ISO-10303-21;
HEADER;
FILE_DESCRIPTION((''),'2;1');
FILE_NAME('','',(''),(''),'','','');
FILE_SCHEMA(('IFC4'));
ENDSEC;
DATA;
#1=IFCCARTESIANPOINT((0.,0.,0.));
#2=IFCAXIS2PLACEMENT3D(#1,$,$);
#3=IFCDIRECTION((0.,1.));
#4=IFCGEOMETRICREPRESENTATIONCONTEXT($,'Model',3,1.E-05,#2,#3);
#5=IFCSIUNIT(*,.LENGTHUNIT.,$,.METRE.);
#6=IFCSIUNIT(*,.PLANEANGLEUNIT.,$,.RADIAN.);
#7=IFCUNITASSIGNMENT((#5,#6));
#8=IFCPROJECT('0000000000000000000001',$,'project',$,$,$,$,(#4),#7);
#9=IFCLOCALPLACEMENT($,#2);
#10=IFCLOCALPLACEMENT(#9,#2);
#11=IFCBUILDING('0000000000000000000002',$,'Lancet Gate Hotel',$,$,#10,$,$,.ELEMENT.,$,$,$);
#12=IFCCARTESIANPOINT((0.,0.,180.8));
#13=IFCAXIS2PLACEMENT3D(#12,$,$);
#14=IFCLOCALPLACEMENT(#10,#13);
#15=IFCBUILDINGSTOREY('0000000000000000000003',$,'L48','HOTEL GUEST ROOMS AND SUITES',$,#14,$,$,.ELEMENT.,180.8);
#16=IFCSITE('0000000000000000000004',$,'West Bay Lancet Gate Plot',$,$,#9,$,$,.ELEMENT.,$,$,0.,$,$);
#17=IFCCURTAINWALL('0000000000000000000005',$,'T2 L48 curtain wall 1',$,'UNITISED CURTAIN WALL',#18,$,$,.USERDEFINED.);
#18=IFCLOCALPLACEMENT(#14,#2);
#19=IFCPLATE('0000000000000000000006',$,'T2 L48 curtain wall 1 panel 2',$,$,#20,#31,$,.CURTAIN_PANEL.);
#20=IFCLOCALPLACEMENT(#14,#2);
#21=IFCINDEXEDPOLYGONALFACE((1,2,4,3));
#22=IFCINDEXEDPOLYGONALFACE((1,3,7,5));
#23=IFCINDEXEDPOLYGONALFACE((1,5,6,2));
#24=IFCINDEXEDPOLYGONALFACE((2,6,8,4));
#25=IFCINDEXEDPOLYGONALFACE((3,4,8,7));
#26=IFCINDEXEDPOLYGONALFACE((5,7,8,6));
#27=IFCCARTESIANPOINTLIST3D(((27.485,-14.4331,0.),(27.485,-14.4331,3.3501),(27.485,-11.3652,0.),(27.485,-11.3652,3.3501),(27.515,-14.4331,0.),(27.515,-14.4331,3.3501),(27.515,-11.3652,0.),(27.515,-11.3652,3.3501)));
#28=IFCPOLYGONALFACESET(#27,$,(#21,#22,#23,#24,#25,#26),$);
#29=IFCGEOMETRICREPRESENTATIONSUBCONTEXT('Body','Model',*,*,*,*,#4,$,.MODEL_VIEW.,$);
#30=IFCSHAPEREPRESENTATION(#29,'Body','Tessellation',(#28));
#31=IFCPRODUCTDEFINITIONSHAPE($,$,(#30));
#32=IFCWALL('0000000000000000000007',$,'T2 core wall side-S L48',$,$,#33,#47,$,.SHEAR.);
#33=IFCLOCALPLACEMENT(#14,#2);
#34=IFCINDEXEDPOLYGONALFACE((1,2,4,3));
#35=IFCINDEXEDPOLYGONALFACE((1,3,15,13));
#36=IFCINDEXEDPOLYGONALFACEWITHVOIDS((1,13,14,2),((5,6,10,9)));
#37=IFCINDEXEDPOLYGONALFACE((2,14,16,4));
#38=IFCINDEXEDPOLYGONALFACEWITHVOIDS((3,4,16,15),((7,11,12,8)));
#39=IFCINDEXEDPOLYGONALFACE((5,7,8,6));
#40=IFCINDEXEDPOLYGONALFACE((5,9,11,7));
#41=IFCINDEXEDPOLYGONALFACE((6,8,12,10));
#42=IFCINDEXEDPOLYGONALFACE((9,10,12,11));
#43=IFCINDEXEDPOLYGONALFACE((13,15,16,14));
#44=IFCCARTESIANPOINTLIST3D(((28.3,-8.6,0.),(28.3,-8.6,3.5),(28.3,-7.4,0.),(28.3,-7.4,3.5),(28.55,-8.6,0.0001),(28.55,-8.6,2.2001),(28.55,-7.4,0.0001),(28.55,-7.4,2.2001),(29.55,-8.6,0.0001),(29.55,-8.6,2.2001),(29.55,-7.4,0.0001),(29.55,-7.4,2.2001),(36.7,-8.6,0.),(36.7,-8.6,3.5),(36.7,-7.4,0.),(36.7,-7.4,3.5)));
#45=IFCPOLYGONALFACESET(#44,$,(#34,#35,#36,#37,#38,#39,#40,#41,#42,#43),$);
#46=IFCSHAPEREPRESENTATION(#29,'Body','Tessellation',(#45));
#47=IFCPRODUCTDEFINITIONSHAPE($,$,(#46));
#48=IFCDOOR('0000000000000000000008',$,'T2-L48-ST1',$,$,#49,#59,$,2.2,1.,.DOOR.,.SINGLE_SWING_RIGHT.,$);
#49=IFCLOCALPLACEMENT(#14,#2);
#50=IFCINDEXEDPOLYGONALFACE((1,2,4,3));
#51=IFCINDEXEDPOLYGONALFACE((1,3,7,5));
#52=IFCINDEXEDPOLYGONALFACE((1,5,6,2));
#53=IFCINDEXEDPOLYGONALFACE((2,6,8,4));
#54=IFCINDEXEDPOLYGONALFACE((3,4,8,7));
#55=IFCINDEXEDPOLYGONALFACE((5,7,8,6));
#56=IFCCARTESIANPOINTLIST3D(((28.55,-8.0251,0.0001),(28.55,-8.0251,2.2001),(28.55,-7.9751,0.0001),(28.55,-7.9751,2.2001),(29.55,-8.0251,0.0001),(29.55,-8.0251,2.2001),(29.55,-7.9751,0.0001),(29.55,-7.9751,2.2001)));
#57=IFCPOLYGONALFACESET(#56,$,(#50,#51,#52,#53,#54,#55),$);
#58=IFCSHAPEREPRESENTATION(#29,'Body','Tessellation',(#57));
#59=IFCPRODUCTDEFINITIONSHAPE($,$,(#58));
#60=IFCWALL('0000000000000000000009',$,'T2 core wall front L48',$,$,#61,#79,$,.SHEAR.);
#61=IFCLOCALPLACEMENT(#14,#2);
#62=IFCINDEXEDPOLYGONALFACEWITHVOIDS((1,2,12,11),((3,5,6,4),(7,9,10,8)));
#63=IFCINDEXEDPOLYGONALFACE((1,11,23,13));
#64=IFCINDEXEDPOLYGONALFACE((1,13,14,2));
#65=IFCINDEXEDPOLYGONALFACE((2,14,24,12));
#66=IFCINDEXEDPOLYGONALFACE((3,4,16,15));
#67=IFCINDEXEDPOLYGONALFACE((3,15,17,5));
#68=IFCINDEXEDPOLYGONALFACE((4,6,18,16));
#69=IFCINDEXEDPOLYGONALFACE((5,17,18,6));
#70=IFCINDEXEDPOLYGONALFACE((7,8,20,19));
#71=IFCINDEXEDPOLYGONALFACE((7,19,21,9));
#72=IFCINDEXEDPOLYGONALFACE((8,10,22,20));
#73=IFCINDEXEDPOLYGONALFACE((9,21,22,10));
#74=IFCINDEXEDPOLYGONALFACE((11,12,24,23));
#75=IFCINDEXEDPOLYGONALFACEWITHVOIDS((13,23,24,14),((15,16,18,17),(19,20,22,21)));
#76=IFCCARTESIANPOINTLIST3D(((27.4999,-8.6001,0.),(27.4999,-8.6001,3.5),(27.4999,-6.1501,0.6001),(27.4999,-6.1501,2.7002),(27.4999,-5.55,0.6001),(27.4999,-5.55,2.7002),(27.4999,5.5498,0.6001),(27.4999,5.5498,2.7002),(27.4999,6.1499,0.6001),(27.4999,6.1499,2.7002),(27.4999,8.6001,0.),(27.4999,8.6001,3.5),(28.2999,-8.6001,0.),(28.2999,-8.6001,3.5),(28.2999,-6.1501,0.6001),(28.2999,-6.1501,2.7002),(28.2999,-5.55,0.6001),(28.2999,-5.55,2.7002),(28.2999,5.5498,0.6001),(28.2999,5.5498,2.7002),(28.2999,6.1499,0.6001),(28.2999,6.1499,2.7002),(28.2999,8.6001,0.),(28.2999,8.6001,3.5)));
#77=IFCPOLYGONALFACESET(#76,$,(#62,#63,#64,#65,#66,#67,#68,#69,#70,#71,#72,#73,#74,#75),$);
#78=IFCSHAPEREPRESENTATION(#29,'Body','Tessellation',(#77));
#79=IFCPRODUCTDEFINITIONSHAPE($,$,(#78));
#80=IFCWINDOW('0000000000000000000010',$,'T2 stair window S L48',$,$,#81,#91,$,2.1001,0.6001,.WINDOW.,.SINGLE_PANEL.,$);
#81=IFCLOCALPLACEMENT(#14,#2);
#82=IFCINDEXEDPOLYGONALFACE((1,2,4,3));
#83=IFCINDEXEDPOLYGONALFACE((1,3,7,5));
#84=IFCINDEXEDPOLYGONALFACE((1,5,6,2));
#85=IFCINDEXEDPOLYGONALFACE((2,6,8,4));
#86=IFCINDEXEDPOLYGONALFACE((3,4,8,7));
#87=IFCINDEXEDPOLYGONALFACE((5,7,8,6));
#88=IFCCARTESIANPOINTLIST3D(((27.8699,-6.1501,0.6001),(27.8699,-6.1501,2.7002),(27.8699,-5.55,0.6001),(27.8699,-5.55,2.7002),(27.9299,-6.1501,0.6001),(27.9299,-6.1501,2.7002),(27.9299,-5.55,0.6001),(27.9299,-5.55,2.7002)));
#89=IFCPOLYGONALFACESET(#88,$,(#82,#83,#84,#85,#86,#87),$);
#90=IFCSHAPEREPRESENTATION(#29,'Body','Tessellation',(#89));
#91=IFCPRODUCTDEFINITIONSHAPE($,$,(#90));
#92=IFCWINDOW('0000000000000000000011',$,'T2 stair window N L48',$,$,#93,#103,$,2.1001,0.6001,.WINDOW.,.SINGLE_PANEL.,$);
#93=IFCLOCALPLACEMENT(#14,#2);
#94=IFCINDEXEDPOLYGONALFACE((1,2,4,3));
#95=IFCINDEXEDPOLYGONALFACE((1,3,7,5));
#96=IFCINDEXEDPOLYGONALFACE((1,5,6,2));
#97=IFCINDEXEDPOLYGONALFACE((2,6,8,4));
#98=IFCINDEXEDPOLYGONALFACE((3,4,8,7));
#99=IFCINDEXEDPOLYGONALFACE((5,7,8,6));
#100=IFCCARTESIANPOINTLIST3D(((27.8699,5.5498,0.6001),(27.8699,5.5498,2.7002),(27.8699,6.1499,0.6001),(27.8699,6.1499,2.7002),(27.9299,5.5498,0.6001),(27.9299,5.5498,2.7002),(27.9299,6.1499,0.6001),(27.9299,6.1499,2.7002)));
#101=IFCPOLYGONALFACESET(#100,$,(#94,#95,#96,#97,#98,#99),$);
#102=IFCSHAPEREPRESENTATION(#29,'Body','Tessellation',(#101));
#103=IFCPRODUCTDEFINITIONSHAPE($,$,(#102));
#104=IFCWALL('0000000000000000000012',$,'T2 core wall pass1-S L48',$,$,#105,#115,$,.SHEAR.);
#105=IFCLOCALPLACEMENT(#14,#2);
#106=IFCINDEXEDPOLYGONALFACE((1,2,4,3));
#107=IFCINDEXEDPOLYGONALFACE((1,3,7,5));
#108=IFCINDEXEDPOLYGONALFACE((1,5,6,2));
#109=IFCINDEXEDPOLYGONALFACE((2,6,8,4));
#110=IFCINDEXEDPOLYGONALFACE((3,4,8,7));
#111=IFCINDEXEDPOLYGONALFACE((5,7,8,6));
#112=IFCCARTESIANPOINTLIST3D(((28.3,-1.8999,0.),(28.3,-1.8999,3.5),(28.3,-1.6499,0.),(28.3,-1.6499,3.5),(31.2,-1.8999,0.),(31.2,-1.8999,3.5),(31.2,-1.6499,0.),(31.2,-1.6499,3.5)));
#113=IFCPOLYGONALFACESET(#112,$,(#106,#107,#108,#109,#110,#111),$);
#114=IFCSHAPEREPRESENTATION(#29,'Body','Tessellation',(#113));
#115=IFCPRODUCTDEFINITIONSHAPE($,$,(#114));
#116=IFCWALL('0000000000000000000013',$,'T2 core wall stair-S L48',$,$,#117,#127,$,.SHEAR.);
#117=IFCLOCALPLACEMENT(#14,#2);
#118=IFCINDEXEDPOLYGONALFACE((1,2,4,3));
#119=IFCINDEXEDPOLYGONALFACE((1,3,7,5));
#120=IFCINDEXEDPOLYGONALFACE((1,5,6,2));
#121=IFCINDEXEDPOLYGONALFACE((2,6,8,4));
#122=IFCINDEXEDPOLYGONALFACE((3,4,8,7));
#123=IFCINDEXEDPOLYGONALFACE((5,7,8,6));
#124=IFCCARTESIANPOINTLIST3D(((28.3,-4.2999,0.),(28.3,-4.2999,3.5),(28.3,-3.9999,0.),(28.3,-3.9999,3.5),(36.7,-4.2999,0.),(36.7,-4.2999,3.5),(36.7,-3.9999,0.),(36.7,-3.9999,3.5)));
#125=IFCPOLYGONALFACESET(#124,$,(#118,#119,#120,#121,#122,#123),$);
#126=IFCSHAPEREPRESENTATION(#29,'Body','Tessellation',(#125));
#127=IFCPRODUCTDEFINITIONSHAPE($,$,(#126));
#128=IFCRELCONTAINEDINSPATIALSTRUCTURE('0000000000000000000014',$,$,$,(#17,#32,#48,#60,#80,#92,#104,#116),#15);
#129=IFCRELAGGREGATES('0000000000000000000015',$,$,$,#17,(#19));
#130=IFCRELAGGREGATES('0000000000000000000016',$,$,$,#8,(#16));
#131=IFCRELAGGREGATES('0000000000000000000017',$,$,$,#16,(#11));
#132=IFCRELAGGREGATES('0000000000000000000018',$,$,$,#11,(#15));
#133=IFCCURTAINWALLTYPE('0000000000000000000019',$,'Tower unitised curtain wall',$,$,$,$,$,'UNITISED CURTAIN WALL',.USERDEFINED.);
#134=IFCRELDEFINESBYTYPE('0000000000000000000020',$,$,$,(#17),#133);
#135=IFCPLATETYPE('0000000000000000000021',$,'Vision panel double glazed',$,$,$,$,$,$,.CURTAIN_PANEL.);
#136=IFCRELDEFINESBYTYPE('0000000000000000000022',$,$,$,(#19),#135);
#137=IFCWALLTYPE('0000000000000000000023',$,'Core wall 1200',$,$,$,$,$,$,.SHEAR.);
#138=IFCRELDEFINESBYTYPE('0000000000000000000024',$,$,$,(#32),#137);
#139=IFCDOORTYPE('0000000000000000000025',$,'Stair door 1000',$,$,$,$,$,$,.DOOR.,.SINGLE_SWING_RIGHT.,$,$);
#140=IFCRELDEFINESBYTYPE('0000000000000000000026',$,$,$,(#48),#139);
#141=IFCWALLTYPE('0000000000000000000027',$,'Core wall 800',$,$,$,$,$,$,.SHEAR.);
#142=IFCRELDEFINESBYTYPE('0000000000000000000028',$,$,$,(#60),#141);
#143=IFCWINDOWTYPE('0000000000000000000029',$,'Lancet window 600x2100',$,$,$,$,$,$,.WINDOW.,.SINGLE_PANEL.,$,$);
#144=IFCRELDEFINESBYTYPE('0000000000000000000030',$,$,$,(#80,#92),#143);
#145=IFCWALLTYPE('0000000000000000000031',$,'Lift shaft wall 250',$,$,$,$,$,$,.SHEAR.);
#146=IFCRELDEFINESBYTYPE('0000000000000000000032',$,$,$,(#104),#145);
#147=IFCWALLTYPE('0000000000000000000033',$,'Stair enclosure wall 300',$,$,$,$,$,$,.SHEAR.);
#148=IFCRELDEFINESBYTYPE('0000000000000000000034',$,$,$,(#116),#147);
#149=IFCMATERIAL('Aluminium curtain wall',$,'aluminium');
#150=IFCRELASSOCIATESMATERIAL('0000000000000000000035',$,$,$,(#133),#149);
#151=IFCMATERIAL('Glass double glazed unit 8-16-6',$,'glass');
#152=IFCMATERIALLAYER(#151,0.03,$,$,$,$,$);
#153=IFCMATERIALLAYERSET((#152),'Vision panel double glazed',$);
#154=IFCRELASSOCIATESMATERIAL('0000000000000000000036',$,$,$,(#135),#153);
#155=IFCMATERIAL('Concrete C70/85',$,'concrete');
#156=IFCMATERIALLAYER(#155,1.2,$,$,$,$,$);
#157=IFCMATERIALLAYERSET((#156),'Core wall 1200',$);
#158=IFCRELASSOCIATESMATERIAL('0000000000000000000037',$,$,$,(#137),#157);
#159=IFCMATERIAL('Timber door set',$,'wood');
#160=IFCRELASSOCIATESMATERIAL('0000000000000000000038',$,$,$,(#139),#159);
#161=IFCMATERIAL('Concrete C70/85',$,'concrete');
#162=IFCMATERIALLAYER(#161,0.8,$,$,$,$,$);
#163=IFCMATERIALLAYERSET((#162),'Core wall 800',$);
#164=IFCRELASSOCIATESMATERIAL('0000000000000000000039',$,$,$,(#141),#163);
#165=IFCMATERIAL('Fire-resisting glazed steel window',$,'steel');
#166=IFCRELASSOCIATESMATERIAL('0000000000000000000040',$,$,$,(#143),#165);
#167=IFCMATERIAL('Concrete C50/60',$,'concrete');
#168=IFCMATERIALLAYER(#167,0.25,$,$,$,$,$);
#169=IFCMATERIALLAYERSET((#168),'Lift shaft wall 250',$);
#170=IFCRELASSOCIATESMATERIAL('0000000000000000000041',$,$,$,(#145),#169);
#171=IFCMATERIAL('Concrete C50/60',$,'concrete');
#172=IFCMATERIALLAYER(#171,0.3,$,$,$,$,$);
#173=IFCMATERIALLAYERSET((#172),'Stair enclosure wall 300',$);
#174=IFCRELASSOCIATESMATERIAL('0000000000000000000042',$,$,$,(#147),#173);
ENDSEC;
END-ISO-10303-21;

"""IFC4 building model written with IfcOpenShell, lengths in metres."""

from ifc_helpers import new_model, si_unit, direction, frame, frame_2d, origin, origin_2d, place, context, subcontext, project, spatial, rectangle, extrude, material, layer, layer_set, type_object, element, fill, aggregate, save


model = new_model("IFC4")

# Units and contexts
model_context = context("Model", 3, precision=1e-05, world=origin(), true_north=direction((0.0, 1.0)))
body_context = subcontext(model_context, "Body", "Model", "MODEL_VIEW")
ifc_project = project(units=[si_unit("LENGTHUNIT", "METRE"), si_unit("PLANEANGLEUNIT", "RADIAN")], contexts=[model_context])

# Site, building, storey
site_placement = place(None, origin())
site = spatial("IfcSite", under=ifc_project, at=site_placement, Name="West Bay Lancet Gate Plot", CompositionType="ELEMENT", RefElevation=0.0)
building_placement = place(site_placement, origin())
building = spatial("IfcBuilding", under=site, at=building_placement, Name="Lancet Gate Hotel", CompositionType="ELEMENT")
storey_placement = place(building_placement, frame((0.0, 0.0, 180.8)))
storey = spatial("IfcBuildingStorey", under=building, at=storey_placement, Name="L48", Description="HOTEL GUEST ROOMS AND SUITES", CompositionType="ELEMENT", Elevation=180.8)

# Curtain wall
ifc_material_1 = material(Name="Aluminium curtain wall", Category="aluminium")
curtain_wall_type = type_object("IfcCurtainWallType", Name="Tower unitised curtain wall", ElementType="UNITISED CURTAIN WALL", PredefinedType="USERDEFINED", material=ifc_material_1)
curtain_wall_placement = place(storey_placement, origin())
curtain_wall = element("IfcCurtainWall", 1, at=curtain_wall_placement, inside=storey, type_object=curtain_wall_type, Name="T2 L48 curtain wall 1", ObjectType="UNITISED CURTAIN WALL", PredefinedType="USERDEFINED")

# Plate
ifc_material_2 = material(Name="Glass double glazed unit 8-16-6", Category="glass")
ifc_layer_1 = layer(ifc_material_2, 0.03)
ifc_layer_set_1 = layer_set([ifc_layer_1], Name="Vision panel double glazed")
plate_type = type_object("IfcPlateType", Name="Vision panel double glazed", PredefinedType="CURTAIN_PANEL", material=ifc_layer_set_1)
plate_1_placement = place(storey_placement, frame((27.5, -12.8992, 0.0), z_axis=(0.0, 0.0, 1.0), x_axis=(0.0, -1.0, 0.0)))
plate_1 = element("IfcPlate", 2, at=plate_1_placement, type_object=plate_type, Name="T2 L48 curtain wall 1 panel 2", PredefinedType="CURTAIN_PANEL", context=body_context, shape_type="SweptSolid", body=[
    extrude(rectangle(XDim=3.0679, YDim=0.03, at=origin_2d()), origin(), (0.0, 0.0, 1.0), 3.3501),
])
aggregate(curtain_wall, [plate_1])

# Wall, opening, door
ifc_material_3 = material(Name="Concrete C70/85", Category="concrete")
ifc_layer_2 = layer(ifc_material_3, 1.2)
ifc_layer_set_2 = layer_set([ifc_layer_2], Name="Core wall 1200")
wall_type_1 = type_object("IfcWallType", Name="Core wall 1200", PredefinedType="SHEAR", material=ifc_layer_set_2)
wall_1_placement = place(storey_placement, frame((28.3, -8.0, 0.0), z_axis=(0.0, 0.0, 1.0), x_axis=(1.0, 0.0, 0.0)))
wall_1 = element("IfcWall", 3, at=wall_1_placement, inside=storey, type_object=wall_type_1, Name="T2 core wall side-S L48", PredefinedType="SHEAR", context=body_context, shape_type="SweptSolid", body=[
    extrude(rectangle(XDim=8.3999, YDim=1.2, at=frame_2d((4.2, 0.0))), origin(), (0.0, 0.0, 1.0), 3.5),
])
opening_1_placement = place(wall_1_placement, frame((0.25, 0.0, 0.0)))
opening_1 = element("IfcOpeningElement", 4, at=opening_1_placement, cuts=wall_1, PredefinedType="OPENING", context=body_context, shape_type="SweptSolid", body=[
    extrude(rectangle(XDim=1.0, YDim=2.2, at=frame_2d((0.5, 1.1001))), frame((0.0, 0.6099, 0.0), z_axis=(0.0, -1.0, 0.0), x_axis=(1.0, 0.0, 0.0)), (0.0, 0.0, 1.0), 1.22),
])
ifc_material_4 = material(Name="Timber door set", Category="wood")
door_type = type_object("IfcDoorType", Name="Stair door 1000", OperationType="SINGLE_SWING_RIGHT", PredefinedType="DOOR", material=ifc_material_4)
door_placement = place(opening_1_placement, origin())
door = element("IfcDoor", 5, at=door_placement, inside=storey, type_object=door_type, Name="T2-L48-ST1", OperationType="SINGLE_SWING_RIGHT", OverallHeight=2.2, OverallWidth=1.0, PredefinedType="DOOR", context=body_context, shape_type="SweptSolid", body=[
    extrude(rectangle(XDim=1.0, YDim=2.2, at=frame_2d((0.5, 1.1001))), frame((0.0, 0.0249, 0.0), z_axis=(0.0, -1.0, 0.0), x_axis=(1.0, 0.0, 0.0)), (0.0, 0.0, 1.0), 0.05),
])
fill(opening_1, door)

# Wall, openings, windows
ifc_material_5 = material(Name="Concrete C70/85", Category="concrete")
ifc_layer_3 = layer(ifc_material_5, 0.8)
ifc_layer_set_3 = layer_set([ifc_layer_3], Name="Core wall 800")
wall_type_2 = type_object("IfcWallType", Name="Core wall 800", PredefinedType="SHEAR", material=ifc_layer_set_3)
wall_2_placement = place(storey_placement, frame((27.8999, -8.6001, 0.0), z_axis=(0.0, 0.0, 1.0), x_axis=(0.0, 1.0, 0.0)))
wall_2 = element("IfcWall", 6, at=wall_2_placement, inside=storey, type_object=wall_type_2, Name="T2 core wall front L48", PredefinedType="SHEAR", context=body_context, shape_type="SweptSolid", body=[
    extrude(rectangle(XDim=17.2002, YDim=0.8, at=frame_2d((8.6001, 0.0))), origin(), (0.0, 0.0, 1.0), 3.5),
])
opening_2_placement = place(wall_2_placement, frame((2.45, 0.0, 0.6001)))
opening_2 = element("IfcOpeningElement", 7, at=opening_2_placement, cuts=wall_2, PredefinedType="OPENING", context=body_context, shape_type="SweptSolid", body=[
    extrude(rectangle(XDim=0.6001, YDim=2.1001, at=frame_2d((0.3, 1.05))), frame((0.0, 0.4099, 0.0), z_axis=(0.0, -1.0, 0.0), x_axis=(1.0, 0.0, 0.0)), (0.0, 0.0, 1.0), 0.8201),
])
opening_3_placement = place(wall_2_placement, frame((14.1499, 0.0, 0.6001)))
opening_3 = element("IfcOpeningElement", 8, at=opening_3_placement, cuts=wall_2, PredefinedType="OPENING", context=body_context, shape_type="SweptSolid", body=[
    extrude(rectangle(XDim=0.6001, YDim=2.1001, at=frame_2d((0.3, 1.05))), frame((0.0, 0.4099, 0.0), z_axis=(0.0, -1.0, 0.0), x_axis=(1.0, 0.0, 0.0)), (0.0, 0.0, 1.0), 0.8201),
])
ifc_material_6 = material(Name="Fire-resisting glazed steel window", Category="steel")
window_type = type_object("IfcWindowType", Name="Lancet window 600x2100", PartitioningType="SINGLE_PANEL", PredefinedType="WINDOW", material=ifc_material_6)
window_1_placement = place(opening_2_placement, origin())
window_1 = element("IfcWindow", 9, at=window_1_placement, inside=storey, type_object=window_type, Name="T2 stair window S L48", OverallHeight=2.1001, OverallWidth=0.6001, PartitioningType="SINGLE_PANEL", PredefinedType="WINDOW", context=body_context, shape_type="SweptSolid", body=[
    extrude(rectangle(XDim=0.6001, YDim=2.1001, at=frame_2d((0.3, 1.05))), frame((0.0, 0.03, 0.0), z_axis=(0.0, -1.0, 0.0), x_axis=(1.0, 0.0, 0.0)), (0.0, 0.0, 1.0), 0.0601),
])
fill(opening_2, window_1)
window_2_placement = place(opening_3_placement, origin())
window_2 = element("IfcWindow", 10, at=window_2_placement, inside=storey, type_object=window_type, Name="T2 stair window N L48", OverallHeight=2.1001, OverallWidth=0.6001, PartitioningType="SINGLE_PANEL", PredefinedType="WINDOW", context=body_context, shape_type="SweptSolid", body=[
    extrude(rectangle(XDim=0.6001, YDim=2.1001, at=frame_2d((0.3, 1.05))), frame((0.0, 0.03, 0.0), z_axis=(0.0, -1.0, 0.0), x_axis=(1.0, 0.0, 0.0)), (0.0, 0.0, 1.0), 0.0601),
])
fill(opening_3, window_2)

# Walls
ifc_material_7 = material(Name="Concrete C50/60", Category="concrete")
ifc_layer_4 = layer(ifc_material_7, 0.25)
ifc_layer_set_4 = layer_set([ifc_layer_4], Name="Lift shaft wall 250")
wall_type_3 = type_object("IfcWallType", Name="Lift shaft wall 250", PredefinedType="SHEAR", material=ifc_layer_set_4)
wall_3_placement = place(storey_placement, frame((28.3, -1.7749, 0.0), z_axis=(0.0, 0.0, 1.0), x_axis=(1.0, 0.0, 0.0)))
element("IfcWall", 11, at=wall_3_placement, inside=storey, type_object=wall_type_3, Name="T2 core wall pass1-S L48", PredefinedType="SHEAR", context=body_context, shape_type="SweptSolid", body=[
    extrude(rectangle(XDim=2.8999, YDim=0.25, at=frame_2d((1.45, 0.0))), origin(), (0.0, 0.0, 1.0), 3.5),
])
ifc_material_8 = material(Name="Concrete C50/60", Category="concrete")
ifc_layer_5 = layer(ifc_material_8, 0.3)
ifc_layer_set_5 = layer_set([ifc_layer_5], Name="Stair enclosure wall 300")
wall_type_4 = type_object("IfcWallType", Name="Stair enclosure wall 300", PredefinedType="SHEAR", material=ifc_layer_set_5)
wall_4_placement = place(storey_placement, frame((28.3, -4.1499, 0.0), z_axis=(0.0, 0.0, 1.0), x_axis=(1.0, 0.0, 0.0)))
element("IfcWall", 12, at=wall_4_placement, inside=storey, type_object=wall_type_4, Name="T2 core wall stair-S L48", PredefinedType="SHEAR", context=body_context, shape_type="SweptSolid", body=[
    extrude(rectangle(XDim=8.3999, YDim=0.3, at=frame_2d((4.2, 0.0))), origin(), (0.0, 0.0, 1.0), 3.5),
])

save(model, "model.ifc")
